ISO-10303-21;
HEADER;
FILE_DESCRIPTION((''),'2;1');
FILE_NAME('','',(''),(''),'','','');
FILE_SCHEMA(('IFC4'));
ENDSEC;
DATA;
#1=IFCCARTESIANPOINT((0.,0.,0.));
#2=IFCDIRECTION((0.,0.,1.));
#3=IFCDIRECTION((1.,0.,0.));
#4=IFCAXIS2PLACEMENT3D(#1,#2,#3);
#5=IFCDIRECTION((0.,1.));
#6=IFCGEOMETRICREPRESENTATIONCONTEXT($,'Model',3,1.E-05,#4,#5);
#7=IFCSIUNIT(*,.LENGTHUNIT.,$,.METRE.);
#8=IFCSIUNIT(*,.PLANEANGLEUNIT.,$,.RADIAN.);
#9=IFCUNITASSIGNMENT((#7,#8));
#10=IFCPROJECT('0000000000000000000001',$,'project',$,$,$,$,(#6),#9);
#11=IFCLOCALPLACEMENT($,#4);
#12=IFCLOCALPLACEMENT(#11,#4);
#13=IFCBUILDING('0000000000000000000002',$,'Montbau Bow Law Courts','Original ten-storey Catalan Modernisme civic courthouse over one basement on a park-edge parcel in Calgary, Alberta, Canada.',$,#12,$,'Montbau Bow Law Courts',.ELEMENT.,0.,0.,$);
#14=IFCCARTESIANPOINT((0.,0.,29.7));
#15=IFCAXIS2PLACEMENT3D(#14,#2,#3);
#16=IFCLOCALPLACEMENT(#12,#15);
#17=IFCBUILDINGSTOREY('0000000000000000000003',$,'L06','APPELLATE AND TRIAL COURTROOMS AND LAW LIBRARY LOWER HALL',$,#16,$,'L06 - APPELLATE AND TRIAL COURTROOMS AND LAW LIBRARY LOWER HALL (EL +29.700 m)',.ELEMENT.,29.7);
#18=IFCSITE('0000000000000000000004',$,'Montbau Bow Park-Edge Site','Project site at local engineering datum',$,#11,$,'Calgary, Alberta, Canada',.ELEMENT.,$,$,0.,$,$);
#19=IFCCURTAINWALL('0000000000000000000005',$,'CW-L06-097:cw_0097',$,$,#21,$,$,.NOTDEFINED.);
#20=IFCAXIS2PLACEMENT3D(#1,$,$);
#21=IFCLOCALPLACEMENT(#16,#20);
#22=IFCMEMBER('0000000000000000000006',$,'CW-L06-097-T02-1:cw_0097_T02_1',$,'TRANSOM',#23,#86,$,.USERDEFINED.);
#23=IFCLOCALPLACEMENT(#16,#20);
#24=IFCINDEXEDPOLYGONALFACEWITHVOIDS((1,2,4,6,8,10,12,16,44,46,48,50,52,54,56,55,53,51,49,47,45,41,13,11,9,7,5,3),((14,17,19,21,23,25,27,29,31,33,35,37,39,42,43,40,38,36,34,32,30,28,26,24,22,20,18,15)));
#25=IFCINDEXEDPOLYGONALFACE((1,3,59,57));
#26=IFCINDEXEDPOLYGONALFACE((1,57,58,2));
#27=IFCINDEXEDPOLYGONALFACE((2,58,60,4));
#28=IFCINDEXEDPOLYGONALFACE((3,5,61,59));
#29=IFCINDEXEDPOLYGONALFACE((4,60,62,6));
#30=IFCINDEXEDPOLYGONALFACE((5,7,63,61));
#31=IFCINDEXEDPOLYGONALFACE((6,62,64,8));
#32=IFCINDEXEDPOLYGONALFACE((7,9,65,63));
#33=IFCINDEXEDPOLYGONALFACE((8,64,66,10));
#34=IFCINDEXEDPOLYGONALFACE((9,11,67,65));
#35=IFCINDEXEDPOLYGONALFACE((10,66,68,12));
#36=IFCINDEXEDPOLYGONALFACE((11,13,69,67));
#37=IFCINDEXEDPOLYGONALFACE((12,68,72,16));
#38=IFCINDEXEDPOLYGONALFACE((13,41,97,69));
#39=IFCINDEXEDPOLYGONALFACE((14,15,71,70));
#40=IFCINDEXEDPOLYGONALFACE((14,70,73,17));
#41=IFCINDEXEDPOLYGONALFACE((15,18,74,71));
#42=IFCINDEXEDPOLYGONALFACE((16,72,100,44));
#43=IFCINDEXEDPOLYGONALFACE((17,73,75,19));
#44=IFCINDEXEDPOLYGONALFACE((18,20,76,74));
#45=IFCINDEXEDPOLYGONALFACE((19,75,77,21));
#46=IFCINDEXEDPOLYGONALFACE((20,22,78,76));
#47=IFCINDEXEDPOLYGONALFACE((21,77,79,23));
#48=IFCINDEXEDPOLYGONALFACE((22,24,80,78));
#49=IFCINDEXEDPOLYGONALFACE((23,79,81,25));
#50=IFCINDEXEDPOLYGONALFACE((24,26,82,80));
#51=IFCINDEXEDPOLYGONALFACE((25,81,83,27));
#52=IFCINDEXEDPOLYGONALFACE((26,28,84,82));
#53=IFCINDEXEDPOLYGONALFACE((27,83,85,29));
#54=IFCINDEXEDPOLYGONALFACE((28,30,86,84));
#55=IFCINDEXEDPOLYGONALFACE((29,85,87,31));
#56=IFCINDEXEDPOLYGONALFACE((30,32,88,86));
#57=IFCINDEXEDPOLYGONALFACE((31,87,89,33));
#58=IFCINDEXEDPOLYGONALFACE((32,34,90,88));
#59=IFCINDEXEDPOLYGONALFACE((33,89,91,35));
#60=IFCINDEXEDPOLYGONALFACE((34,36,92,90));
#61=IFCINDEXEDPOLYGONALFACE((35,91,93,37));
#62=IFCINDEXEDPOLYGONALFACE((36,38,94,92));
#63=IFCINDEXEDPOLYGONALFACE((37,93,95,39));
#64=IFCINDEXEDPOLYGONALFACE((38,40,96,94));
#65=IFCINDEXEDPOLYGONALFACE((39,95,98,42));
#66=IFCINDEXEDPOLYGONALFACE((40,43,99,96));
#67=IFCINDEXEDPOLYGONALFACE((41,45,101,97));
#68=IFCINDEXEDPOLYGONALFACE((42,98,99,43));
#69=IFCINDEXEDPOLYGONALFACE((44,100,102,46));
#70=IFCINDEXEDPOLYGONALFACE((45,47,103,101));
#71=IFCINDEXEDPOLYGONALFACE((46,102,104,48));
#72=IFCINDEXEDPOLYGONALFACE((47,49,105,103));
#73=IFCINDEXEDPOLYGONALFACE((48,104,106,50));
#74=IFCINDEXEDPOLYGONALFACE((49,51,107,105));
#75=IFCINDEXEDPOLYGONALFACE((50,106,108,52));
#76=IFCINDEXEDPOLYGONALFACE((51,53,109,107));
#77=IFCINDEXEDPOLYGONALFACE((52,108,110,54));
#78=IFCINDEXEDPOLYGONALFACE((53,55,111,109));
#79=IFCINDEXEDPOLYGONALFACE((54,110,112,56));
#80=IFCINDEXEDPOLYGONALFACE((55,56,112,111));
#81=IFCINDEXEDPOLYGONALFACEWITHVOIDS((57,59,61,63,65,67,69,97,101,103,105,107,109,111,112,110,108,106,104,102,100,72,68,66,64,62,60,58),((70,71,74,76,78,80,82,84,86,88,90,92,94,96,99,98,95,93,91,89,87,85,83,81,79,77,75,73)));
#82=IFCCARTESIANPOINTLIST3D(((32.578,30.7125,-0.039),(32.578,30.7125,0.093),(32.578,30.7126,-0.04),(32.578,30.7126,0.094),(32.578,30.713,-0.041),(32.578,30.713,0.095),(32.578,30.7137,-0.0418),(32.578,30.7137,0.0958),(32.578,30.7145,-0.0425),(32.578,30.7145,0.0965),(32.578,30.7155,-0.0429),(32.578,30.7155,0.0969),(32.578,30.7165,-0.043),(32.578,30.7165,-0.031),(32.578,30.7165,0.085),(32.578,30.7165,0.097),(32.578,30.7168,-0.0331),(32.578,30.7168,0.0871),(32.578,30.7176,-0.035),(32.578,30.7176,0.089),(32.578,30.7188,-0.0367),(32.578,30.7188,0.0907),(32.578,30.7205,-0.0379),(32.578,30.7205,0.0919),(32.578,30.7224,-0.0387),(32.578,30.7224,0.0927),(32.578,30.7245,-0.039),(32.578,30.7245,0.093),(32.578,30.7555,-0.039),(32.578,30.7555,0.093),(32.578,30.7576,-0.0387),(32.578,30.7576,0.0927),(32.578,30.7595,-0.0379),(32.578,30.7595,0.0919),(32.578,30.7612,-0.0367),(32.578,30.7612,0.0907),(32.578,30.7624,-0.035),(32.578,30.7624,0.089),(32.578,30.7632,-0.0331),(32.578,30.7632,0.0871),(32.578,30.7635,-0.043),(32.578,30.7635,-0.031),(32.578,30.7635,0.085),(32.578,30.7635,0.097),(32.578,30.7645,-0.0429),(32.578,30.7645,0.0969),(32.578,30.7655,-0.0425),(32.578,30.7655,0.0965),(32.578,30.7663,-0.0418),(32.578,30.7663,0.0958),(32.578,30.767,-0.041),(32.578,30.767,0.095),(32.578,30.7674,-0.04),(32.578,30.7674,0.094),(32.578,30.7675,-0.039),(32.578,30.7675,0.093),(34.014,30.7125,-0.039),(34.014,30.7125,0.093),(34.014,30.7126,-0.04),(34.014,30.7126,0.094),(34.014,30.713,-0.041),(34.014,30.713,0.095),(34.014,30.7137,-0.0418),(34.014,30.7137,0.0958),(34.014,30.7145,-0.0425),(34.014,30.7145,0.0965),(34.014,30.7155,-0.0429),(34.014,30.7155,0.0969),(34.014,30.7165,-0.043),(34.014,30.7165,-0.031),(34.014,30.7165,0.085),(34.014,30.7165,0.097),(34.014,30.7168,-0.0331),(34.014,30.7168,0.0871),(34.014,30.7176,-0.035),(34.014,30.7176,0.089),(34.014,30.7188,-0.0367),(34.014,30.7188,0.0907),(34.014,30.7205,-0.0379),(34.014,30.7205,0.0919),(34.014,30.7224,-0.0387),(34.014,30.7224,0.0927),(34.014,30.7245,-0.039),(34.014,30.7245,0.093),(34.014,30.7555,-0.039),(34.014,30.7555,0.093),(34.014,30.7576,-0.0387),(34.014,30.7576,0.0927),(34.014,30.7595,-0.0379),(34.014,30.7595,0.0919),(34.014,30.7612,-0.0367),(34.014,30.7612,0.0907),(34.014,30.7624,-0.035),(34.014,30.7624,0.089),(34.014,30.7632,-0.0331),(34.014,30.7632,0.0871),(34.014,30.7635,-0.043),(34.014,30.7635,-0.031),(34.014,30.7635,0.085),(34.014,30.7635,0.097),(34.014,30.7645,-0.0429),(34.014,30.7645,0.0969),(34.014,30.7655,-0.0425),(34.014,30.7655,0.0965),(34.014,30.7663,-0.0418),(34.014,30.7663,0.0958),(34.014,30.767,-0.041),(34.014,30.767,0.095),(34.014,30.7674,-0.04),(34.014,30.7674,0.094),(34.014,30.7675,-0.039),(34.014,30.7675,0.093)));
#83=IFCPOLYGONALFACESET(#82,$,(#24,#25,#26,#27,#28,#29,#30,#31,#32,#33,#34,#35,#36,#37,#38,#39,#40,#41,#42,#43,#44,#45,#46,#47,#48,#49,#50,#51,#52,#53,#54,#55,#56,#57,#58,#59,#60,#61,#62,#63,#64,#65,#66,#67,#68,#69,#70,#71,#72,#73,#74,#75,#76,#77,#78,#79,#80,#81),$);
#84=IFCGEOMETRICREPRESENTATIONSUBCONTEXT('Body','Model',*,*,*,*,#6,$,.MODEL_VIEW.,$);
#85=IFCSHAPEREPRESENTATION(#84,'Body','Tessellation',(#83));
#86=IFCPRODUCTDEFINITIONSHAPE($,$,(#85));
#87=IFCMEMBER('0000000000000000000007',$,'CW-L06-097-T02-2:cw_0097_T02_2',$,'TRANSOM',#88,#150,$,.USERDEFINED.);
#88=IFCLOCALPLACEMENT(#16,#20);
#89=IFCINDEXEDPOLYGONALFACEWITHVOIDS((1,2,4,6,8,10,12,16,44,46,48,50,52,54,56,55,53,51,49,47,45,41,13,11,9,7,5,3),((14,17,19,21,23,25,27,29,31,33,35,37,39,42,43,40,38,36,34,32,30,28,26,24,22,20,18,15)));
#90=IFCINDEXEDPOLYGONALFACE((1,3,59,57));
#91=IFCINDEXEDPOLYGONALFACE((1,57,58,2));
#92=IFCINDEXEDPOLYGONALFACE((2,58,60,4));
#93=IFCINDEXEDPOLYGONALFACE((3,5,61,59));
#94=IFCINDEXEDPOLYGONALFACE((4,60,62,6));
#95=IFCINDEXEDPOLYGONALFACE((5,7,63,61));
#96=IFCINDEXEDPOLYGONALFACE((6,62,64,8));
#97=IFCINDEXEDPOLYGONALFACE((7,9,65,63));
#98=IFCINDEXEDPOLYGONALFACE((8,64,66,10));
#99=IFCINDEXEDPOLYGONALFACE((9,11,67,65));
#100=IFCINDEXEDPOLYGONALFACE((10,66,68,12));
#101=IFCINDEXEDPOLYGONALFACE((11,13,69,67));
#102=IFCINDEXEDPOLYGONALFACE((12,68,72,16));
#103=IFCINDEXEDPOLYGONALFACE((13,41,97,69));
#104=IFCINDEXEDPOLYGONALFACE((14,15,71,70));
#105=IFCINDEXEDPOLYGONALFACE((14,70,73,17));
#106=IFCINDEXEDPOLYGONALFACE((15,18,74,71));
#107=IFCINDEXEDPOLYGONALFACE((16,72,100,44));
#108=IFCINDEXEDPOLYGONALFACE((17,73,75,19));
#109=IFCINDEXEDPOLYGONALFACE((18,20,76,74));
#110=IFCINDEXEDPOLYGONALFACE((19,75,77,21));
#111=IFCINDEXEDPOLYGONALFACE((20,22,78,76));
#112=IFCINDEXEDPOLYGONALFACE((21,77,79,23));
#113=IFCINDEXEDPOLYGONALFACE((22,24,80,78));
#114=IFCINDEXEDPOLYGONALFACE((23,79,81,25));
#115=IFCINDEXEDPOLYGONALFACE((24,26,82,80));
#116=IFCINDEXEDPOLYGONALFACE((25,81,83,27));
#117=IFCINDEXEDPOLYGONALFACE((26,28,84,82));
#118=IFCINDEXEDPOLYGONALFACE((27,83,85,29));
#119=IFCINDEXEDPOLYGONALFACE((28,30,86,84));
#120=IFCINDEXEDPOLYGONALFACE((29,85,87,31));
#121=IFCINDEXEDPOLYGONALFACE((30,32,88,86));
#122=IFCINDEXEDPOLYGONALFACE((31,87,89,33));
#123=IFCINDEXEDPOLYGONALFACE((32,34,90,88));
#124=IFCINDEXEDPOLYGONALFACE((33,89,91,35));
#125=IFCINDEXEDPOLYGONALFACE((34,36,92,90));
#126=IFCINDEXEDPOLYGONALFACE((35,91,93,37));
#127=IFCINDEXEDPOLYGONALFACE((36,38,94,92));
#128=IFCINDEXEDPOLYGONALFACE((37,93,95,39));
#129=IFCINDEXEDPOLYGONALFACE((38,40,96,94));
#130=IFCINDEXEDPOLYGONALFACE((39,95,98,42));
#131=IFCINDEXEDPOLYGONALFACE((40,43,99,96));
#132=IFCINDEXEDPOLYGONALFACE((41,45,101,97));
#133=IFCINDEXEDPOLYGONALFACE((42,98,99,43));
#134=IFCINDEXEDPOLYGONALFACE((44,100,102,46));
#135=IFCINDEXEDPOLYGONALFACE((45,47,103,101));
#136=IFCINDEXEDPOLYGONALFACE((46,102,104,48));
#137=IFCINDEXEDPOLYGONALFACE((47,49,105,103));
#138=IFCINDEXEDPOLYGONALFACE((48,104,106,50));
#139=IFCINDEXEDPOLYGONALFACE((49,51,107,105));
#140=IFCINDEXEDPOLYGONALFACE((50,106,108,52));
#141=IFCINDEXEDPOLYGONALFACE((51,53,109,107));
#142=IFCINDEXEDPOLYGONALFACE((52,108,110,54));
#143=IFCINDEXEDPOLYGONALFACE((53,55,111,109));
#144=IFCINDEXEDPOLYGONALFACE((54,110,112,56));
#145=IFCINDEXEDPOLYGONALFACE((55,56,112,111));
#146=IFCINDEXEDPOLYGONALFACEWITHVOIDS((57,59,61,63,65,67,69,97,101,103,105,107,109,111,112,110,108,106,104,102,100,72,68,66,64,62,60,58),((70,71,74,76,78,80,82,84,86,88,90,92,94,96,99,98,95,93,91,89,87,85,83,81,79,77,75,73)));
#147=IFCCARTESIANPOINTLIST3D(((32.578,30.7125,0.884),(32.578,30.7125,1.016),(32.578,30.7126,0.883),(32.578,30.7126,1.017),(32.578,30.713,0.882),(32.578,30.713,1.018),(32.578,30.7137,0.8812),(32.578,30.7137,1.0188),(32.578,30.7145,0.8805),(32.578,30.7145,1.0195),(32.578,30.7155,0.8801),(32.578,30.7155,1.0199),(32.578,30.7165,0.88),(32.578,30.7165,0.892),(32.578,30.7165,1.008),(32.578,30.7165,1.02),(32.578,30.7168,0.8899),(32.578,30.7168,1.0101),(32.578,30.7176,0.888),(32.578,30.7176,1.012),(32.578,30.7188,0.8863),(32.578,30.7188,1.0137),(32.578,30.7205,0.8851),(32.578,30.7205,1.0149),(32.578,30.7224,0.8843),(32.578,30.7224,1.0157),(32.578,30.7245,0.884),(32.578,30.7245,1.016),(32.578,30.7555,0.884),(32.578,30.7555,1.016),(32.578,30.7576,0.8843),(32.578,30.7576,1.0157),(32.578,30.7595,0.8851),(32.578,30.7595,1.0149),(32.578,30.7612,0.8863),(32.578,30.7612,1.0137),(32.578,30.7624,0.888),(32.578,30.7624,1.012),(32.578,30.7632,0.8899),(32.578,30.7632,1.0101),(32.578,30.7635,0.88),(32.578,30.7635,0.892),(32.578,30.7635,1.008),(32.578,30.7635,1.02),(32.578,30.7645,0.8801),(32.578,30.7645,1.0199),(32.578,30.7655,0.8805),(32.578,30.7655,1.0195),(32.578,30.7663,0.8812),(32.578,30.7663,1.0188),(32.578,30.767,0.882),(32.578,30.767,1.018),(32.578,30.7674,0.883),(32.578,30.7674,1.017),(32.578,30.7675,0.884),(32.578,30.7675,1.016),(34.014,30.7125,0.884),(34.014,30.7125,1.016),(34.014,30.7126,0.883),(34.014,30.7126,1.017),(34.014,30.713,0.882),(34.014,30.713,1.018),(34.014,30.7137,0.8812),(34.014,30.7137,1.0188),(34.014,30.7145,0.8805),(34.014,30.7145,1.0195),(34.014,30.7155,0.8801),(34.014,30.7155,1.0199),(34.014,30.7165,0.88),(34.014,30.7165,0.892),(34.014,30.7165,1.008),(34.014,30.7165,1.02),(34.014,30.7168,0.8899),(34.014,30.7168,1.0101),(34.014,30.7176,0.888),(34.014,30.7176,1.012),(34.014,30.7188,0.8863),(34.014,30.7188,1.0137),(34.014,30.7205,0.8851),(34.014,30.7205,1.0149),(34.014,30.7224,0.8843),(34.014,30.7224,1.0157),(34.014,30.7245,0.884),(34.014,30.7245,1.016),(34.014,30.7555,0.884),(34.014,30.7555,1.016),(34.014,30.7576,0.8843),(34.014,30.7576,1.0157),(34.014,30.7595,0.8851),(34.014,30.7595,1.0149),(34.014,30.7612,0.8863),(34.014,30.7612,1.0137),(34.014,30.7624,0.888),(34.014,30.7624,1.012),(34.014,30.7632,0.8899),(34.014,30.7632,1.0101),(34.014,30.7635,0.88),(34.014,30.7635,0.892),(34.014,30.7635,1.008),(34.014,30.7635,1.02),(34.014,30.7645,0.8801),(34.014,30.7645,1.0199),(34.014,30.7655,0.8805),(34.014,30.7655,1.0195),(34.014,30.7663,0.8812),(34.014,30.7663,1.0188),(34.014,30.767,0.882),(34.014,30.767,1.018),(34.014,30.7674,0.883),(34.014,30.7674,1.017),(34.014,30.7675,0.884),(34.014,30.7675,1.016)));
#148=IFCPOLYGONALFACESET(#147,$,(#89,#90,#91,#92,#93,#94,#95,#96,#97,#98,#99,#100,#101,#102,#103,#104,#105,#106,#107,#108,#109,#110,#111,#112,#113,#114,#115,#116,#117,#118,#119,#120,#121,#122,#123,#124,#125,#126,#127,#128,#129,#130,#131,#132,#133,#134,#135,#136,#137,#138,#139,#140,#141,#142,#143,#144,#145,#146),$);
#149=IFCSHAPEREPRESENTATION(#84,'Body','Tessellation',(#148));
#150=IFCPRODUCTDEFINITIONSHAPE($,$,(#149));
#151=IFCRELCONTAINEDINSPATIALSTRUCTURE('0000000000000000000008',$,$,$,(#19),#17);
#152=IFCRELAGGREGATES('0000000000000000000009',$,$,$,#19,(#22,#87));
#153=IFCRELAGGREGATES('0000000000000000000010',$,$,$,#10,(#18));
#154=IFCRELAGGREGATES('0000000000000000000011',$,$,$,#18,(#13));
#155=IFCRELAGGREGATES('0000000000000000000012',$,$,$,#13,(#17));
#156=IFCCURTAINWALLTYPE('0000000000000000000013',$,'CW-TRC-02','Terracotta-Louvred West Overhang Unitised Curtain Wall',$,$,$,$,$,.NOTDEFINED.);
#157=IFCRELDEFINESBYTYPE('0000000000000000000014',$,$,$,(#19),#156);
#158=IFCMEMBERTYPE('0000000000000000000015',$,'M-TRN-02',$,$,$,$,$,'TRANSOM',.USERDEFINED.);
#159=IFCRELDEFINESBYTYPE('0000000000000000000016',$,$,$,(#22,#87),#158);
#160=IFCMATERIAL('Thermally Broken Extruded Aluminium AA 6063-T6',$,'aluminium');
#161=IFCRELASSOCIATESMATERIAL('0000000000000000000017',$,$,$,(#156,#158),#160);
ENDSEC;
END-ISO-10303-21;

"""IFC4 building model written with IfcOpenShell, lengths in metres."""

from ifc_helpers import new_model, si_unit, direction, frame, origin_with_axes, origin_2d_with_axis, place, context, subcontext, project, spatial, hollow_rectangle, extrude, material, material_profile, profile_set, type_object, element, aggregate, save


model = new_model("IFC4")

# Units and contexts
model_context = context("Model", 3, precision=1e-05, world=origin_with_axes(), true_north=direction((0.0, 1.0)))
body_context = subcontext(model_context, "Body", "Model", "MODEL_VIEW")
ifc_project = project(units=[si_unit("LENGTHUNIT", "METRE"), si_unit("PLANEANGLEUNIT", "RADIAN")], contexts=[model_context])

# Site, building, storey
site_placement = place(None, origin_with_axes())
site = spatial("IfcSite", under=ifc_project, at=site_placement, Name="Montbau Bow Park-Edge Site", Description="Project site at local engineering datum", LongName="Calgary, Alberta, Canada", CompositionType="ELEMENT", RefElevation=0.0)
building_placement = place(site_placement, origin_with_axes())
building = spatial("IfcBuilding", under=site, at=building_placement, Name="Montbau Bow Law Courts", Description="Original ten-storey Catalan Modernisme civic courthouse over one basement on a park-edge parcel in Calgary, Alberta, Canada.", LongName="Montbau Bow Law Courts", CompositionType="ELEMENT", ElevationOfRefHeight=0.0, ElevationOfTerrain=0.0)
storey_placement = place(building_placement, frame((0.0, 0.0, 29.7), z_axis=(0.0, 0.0, 1.0), x_axis=(1.0, 0.0, 0.0)))
storey = spatial("IfcBuildingStorey", under=building, at=storey_placement, Name="L06", Description="APPELLATE AND TRIAL COURTROOMS AND LAW LIBRARY LOWER HALL", LongName="L06 - APPELLATE AND TRIAL COURTROOMS AND LAW LIBRARY LOWER HALL (EL +29.700 m)", CompositionType="ELEMENT", Elevation=29.7)

# Curtain wall
ifc_material_1 = material(Name="Thermally Broken Extruded Aluminium AA 6063-T6", Category="aluminium")
curtain_wall_type = type_object("IfcCurtainWallType", Name="CW-TRC-02", Description="Terracotta-Louvred West Overhang Unitised Curtain Wall", PredefinedType="NOTDEFINED", material=ifc_material_1)
curtain_wall_1_placement = place(None, frame((31.04, 30.74, 29.7), z_axis=(0.0, 0.0, 1.0), x_axis=(1.0, 0.0, 0.0)))
curtain_wall_1 = element("IfcCurtainWall", 1, at=curtain_wall_1_placement, inside=storey, type_object=curtain_wall_type, Name="CW-L06-097:cw_0097", PredefinedType="NOTDEFINED")

# Members
ifc_material_profile_1 = material_profile(ifc_material_1, hollow_rectangle(XDim=0.055, YDim=0.14, WallThickness=0.004, InnerFilletRadius=0.008, OuterFilletRadius=0.004, at=origin_2d_with_axis()), Name="CWT-140X55", Category="Main", Priority=0)
ifc_profile_set_1 = profile_set([ifc_material_profile_1], Name="Thermally Broken Extruded Aluminium AA 6063-T6")
member_type_1 = type_object("IfcMemberType", Name="M-TRN-02", ElementType="TRANSOM", PredefinedType="USERDEFINED", material=ifc_profile_set_1)
member_1_placement = place(None, frame((32.578, 30.74, 29.727), z_axis=(1.0, 0.0, 0.0), x_axis=(0.0, 1.0, 0.0)))
member_1 = element("IfcMember", 2, at=member_1_placement, type_object=member_type_1, Name="CW-L06-097-T02-1:cw_0097_T02_1", ObjectType="TRANSOM", PredefinedType="USERDEFINED", context=body_context, shape_type="SweptSolid", body=[
    extrude(hollow_rectangle(XDim=0.055, YDim=0.14, WallThickness=0.004, InnerFilletRadius=0.008, OuterFilletRadius=0.004, at=origin_2d_with_axis()), origin_with_axes(), (0.0, 0.0, 1.0), 1.436),
])
member_2_placement = place(None, frame((32.578, 30.74, 30.65), z_axis=(1.0, 0.0, 0.0), x_axis=(0.0, 1.0, 0.0)))
member_2 = element("IfcMember", 3, at=member_2_placement, type_object=member_type_1, Name="CW-L06-097-T02-2:cw_0097_T02_2", ObjectType="TRANSOM", PredefinedType="USERDEFINED", context=body_context, shape_type="SweptSolid", body=[
    extrude(hollow_rectangle(XDim=0.055, YDim=0.14, WallThickness=0.004, InnerFilletRadius=0.008, OuterFilletRadius=0.004, at=origin_2d_with_axis()), origin_with_axes(), (0.0, 0.0, 1.0), 1.436),
])

aggregate(curtain_wall_1, [member_1, member_2])

save(model, "model.ifc")
